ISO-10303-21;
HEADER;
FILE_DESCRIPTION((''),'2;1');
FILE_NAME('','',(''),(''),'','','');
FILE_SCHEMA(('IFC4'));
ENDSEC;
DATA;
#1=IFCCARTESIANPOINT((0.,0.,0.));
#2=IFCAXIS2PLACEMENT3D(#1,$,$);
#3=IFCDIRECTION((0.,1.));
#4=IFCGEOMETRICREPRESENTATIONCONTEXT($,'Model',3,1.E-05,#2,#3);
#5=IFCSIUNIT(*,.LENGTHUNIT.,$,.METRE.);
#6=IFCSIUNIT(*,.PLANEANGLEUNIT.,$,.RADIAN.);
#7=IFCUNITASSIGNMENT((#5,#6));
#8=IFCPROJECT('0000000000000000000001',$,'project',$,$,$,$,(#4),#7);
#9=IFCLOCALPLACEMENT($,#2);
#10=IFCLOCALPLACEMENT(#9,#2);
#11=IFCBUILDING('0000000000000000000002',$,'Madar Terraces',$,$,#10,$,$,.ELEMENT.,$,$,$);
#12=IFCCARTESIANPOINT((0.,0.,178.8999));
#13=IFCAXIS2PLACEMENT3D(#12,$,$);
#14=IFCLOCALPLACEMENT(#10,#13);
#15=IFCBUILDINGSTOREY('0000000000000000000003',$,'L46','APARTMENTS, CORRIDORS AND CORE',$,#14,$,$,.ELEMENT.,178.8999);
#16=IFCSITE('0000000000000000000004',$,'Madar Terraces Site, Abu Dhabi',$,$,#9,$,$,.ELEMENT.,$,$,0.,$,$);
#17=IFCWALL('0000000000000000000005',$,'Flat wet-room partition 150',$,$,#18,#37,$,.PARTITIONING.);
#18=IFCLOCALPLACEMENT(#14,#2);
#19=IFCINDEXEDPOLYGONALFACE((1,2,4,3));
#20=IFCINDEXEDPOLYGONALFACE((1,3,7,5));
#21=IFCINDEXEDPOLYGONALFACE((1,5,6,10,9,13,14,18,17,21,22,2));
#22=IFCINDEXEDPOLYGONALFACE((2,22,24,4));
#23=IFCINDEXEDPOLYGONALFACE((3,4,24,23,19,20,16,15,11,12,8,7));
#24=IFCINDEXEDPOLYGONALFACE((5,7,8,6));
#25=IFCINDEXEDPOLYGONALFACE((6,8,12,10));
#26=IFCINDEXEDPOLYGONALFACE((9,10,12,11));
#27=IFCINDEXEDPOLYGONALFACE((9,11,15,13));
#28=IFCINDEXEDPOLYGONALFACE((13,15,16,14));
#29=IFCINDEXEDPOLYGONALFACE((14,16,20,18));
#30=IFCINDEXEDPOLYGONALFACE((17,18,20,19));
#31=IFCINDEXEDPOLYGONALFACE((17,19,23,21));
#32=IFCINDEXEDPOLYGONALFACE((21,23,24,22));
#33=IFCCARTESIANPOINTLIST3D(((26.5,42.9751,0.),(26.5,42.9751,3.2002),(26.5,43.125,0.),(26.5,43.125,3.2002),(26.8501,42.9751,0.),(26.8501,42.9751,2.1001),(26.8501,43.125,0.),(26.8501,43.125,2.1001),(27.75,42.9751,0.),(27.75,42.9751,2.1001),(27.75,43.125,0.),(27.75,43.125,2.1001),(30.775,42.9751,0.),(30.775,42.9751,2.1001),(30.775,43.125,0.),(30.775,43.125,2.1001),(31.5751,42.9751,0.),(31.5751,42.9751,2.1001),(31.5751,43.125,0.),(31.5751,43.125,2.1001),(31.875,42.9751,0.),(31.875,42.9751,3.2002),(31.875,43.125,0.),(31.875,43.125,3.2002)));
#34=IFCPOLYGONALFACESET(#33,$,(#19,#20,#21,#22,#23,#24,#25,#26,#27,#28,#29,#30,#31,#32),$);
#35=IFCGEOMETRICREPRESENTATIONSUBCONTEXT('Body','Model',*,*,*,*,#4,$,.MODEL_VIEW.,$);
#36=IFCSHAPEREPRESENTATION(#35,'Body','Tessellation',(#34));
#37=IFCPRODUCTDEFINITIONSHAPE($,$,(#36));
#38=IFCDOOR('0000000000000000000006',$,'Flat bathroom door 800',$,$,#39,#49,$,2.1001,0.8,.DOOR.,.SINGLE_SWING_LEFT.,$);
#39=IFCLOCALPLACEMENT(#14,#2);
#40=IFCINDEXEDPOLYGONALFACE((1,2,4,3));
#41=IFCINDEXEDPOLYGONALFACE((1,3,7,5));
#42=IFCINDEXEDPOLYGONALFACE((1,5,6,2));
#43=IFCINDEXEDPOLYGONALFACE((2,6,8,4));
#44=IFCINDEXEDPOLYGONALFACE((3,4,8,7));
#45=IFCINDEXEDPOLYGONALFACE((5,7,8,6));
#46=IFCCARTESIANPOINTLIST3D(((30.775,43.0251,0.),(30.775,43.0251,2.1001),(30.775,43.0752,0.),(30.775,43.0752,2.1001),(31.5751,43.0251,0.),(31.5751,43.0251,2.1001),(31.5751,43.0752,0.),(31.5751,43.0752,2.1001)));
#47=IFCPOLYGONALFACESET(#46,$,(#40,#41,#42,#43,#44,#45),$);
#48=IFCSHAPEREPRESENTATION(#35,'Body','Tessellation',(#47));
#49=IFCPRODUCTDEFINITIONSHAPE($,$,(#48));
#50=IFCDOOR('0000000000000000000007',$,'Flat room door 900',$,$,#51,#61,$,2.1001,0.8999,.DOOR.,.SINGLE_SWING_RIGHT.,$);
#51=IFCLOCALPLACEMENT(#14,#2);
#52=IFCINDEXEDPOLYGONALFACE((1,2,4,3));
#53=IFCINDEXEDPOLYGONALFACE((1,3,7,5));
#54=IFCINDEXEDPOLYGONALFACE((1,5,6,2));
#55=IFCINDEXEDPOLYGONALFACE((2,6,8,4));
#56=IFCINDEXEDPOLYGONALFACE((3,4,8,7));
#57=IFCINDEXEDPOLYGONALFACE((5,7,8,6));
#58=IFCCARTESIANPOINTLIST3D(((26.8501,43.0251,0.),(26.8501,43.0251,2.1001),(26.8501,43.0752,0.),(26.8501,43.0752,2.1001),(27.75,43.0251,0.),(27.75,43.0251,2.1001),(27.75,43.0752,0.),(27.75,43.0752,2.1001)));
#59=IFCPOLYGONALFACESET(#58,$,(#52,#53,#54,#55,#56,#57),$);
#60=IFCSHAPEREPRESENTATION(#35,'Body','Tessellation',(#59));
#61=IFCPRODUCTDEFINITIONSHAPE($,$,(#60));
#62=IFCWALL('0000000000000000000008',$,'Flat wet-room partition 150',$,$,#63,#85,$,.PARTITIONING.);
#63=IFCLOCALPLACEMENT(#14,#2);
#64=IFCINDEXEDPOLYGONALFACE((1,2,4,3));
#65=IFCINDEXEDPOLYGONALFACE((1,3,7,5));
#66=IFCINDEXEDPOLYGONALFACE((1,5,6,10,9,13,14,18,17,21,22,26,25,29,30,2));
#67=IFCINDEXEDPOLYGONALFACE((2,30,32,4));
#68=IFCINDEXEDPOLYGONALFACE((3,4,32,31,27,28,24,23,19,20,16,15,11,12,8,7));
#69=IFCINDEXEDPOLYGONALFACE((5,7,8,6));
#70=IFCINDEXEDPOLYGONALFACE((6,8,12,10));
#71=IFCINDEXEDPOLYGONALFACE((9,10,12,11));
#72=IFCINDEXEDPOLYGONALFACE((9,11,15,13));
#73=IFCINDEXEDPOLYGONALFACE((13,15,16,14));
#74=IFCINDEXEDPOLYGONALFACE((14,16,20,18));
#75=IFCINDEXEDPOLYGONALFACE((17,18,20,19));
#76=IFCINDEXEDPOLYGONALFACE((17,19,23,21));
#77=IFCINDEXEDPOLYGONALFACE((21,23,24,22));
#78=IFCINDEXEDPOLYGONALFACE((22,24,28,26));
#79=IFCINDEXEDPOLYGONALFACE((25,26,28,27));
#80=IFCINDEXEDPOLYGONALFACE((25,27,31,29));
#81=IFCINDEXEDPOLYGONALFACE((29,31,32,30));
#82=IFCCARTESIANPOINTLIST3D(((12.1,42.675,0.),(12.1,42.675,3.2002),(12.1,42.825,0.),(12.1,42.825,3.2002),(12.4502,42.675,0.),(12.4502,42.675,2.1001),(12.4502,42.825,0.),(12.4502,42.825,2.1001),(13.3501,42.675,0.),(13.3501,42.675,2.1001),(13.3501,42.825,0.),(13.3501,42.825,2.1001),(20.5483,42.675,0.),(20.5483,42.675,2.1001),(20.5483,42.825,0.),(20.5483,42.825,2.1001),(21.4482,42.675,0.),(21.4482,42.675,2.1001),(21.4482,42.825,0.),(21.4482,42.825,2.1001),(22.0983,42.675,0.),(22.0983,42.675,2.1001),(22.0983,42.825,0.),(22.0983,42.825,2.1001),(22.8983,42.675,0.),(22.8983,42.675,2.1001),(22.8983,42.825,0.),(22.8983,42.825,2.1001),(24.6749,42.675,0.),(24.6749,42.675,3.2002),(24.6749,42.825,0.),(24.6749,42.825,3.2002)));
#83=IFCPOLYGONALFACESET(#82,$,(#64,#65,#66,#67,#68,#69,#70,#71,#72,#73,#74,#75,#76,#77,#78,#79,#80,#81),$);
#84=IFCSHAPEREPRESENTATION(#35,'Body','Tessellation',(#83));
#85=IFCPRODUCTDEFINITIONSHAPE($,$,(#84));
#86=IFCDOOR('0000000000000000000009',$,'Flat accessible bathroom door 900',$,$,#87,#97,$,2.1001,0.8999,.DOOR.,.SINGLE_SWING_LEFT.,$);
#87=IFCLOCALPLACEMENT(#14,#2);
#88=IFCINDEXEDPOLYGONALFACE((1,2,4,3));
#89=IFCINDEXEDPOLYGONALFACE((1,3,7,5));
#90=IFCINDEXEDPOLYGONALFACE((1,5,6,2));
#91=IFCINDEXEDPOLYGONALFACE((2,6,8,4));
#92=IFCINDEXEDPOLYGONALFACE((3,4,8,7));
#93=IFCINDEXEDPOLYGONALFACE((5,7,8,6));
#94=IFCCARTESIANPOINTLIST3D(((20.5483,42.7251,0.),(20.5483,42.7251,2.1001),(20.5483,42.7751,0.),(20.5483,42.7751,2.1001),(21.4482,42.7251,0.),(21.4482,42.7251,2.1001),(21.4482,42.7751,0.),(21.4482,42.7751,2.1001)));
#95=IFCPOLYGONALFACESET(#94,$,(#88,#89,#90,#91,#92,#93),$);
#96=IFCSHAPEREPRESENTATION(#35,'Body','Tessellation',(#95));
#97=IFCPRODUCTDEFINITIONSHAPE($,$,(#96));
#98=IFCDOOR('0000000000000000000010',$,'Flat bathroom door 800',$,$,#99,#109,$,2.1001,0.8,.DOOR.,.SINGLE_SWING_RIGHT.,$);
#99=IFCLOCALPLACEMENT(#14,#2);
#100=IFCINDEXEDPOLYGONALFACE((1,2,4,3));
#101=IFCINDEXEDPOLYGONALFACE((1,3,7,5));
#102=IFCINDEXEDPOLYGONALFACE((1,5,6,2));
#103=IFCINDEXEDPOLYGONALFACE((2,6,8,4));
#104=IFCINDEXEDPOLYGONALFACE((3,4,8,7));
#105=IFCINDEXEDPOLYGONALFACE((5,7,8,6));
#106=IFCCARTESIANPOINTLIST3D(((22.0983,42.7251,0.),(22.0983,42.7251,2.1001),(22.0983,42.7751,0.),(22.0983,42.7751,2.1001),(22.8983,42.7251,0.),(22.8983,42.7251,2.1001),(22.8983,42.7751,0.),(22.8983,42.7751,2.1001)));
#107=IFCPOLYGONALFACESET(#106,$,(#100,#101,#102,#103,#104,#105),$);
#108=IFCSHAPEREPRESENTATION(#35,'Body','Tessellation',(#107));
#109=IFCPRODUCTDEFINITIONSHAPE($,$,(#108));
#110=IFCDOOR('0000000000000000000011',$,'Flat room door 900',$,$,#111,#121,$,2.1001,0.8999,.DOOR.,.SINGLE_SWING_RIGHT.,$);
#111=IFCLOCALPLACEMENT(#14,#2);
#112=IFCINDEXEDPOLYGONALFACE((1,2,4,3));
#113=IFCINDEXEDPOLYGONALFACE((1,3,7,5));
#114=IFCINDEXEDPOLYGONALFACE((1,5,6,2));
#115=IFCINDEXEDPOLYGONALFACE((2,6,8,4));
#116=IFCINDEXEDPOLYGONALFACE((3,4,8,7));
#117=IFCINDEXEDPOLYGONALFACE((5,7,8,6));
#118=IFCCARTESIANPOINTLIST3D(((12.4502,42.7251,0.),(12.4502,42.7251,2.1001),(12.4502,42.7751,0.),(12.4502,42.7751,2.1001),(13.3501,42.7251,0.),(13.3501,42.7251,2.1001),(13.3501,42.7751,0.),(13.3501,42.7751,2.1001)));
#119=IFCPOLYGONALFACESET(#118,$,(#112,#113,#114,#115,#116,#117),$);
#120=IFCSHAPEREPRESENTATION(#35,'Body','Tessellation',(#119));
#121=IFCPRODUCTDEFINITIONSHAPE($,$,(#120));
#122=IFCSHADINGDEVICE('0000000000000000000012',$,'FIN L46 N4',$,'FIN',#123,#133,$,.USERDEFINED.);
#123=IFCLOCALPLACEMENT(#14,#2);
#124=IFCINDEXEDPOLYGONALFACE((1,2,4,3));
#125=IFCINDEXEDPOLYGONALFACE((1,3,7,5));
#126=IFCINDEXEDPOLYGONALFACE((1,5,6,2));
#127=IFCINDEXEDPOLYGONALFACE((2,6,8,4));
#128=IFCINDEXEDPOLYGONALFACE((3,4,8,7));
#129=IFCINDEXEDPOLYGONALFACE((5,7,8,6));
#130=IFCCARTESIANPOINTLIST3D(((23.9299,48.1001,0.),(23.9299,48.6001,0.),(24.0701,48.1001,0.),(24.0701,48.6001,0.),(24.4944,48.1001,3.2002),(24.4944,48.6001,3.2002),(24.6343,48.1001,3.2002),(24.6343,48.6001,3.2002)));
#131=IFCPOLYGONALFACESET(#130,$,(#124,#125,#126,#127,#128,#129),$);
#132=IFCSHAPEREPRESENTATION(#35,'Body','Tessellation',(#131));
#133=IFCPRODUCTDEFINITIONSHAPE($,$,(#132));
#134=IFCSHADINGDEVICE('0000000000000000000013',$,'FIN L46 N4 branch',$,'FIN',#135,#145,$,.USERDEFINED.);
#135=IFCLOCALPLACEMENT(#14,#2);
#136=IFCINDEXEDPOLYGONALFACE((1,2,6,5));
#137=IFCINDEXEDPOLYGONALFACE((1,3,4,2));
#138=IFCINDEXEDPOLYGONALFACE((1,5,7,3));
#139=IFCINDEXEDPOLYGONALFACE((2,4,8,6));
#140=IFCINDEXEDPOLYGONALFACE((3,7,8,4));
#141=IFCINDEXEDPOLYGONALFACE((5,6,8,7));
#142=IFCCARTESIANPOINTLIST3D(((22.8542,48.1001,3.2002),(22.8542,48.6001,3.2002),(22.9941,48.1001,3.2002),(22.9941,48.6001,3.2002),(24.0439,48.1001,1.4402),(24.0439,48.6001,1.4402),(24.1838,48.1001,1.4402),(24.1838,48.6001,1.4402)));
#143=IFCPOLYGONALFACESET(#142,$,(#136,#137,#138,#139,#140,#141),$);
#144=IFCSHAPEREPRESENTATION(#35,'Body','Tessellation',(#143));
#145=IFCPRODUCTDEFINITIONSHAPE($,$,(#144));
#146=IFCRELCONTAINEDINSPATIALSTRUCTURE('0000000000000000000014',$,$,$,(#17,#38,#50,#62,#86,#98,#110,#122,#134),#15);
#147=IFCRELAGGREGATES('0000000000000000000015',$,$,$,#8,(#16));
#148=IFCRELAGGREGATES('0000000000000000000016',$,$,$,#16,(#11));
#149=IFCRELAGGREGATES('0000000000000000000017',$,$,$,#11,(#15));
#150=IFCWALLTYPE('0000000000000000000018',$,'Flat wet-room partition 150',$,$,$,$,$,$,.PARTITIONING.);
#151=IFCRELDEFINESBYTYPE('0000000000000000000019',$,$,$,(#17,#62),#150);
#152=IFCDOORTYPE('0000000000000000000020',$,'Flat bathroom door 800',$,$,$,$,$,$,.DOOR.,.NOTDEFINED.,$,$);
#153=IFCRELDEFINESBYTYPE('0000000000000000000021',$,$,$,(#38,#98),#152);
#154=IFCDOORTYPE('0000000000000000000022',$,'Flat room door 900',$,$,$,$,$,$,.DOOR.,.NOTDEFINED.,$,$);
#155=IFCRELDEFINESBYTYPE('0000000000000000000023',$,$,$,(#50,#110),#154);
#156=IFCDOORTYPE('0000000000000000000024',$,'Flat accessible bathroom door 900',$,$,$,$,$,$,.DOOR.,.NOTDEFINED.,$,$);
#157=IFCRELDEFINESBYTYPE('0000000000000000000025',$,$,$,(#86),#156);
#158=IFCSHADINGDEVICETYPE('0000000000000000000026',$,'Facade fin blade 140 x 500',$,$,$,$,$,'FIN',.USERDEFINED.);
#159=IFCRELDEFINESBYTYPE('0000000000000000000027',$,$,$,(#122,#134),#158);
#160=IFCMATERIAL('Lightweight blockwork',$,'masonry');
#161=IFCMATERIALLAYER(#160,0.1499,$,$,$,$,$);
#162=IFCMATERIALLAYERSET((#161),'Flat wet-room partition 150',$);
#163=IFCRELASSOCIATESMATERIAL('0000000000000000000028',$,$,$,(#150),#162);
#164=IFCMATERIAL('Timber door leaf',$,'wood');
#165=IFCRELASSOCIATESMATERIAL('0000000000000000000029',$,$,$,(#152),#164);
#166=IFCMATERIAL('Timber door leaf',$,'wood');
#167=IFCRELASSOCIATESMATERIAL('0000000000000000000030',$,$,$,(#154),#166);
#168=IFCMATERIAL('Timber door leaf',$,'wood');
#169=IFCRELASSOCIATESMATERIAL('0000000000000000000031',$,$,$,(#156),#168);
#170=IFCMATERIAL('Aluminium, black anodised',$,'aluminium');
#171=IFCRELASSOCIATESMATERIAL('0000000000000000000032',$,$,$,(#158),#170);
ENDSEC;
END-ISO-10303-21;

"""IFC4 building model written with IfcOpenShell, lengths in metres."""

from ifc_helpers import new_model, si_unit, direction, frame, frame_2d, origin, place, context, subcontext, project, spatial, polyline, rectangle, outline, extrude, material, layer, layer_set, type_object, element, fill, save


model = new_model("IFC4")

# Units and contexts
model_context = context("Model", 3, precision=1e-05, world=origin(), true_north=direction((0.0, 1.0)))
body_context = subcontext(model_context, "Body", "Model", "MODEL_VIEW")
ifc_project = project(units=[si_unit("LENGTHUNIT", "METRE"), si_unit("PLANEANGLEUNIT", "RADIAN")], contexts=[model_context])

# Site, building, storey
site_placement = place(None, origin())
site = spatial("IfcSite", under=ifc_project, at=site_placement, Name="Madar Terraces Site, Abu Dhabi", CompositionType="ELEMENT", RefElevation=0.0)
building_placement = place(site_placement, origin())
building = spatial("IfcBuilding", under=site, at=building_placement, Name="Madar Terraces", CompositionType="ELEMENT")
storey_placement = place(building_placement, frame((0.0, 0.0, 178.8999)))
storey = spatial("IfcBuildingStorey", under=building, at=storey_placement, Name="L46", Description="APARTMENTS, CORRIDORS AND CORE", CompositionType="ELEMENT", Elevation=178.8999)

# Walls, openings, doors
ifc_material_1 = material(Name="Lightweight blockwork", Category="masonry")
ifc_layer_1 = layer(ifc_material_1, 0.1499)
ifc_layer_set_1 = layer_set([ifc_layer_1], Name="Flat wet-room partition 150")
wall_type_1 = type_object("IfcWallType", Name="Flat wet-room partition 150", PredefinedType="PARTITIONING", material=ifc_layer_set_1)
wall_1_placement = place(storey_placement, frame((31.875, 43.05, 0.0), z_axis=(0.0, 0.0, 1.0), x_axis=(-1.0, 0.0, 0.0)))
wall_1 = element("IfcWall", 1, at=wall_1_placement, inside=storey, type_object=wall_type_1, Name="Flat wet-room partition 150", PredefinedType="PARTITIONING", context=body_context, shape_type="SweptSolid", body=[
    extrude(rectangle(XDim=5.375, YDim=0.1499, at=frame_2d((2.6875, 0.0))), origin(), (0.0, 0.0, 1.0), 3.2002),
])
opening_1_placement = place(wall_1_placement, frame((0.3, 0.0, 0.0)))
opening_1 = element("IfcOpeningElement", 2, at=opening_1_placement, cuts=wall_1, PredefinedType="OPENING", context=body_context, shape_type="SweptSolid", body=[
    extrude(rectangle(XDim=0.8, YDim=2.1001, at=frame_2d((0.3999, 1.05))), frame((0.0, 0.085, 0.0), z_axis=(0.0, -1.0, 0.0), x_axis=(1.0, 0.0, 0.0)), (0.0, 0.0, 1.0), 0.1699),
])
opening_2_placement = place(wall_1_placement, frame((4.125, 0.0, 0.0)))
opening_2 = element("IfcOpeningElement", 3, at=opening_2_placement, cuts=wall_1, PredefinedType="OPENING", context=body_context, shape_type="SweptSolid", body=[
    extrude(rectangle(XDim=0.8999, YDim=2.1001, at=frame_2d((0.45, 1.05))), frame((0.0, 0.085, 0.0), z_axis=(0.0, -1.0, 0.0), x_axis=(1.0, 0.0, 0.0)), (0.0, 0.0, 1.0), 0.1699),
])
ifc_material_2 = material(Name="Timber door leaf", Category="wood")
door_type_1 = type_object("IfcDoorType", Name="Flat bathroom door 800", OperationType="NOTDEFINED", PredefinedType="DOOR", material=ifc_material_2)
door_1_placement = place(opening_1_placement, origin())
door_1 = element("IfcDoor", 4, at=door_1_placement, inside=storey, type_object=door_type_1, Name="Flat bathroom door 800", OperationType="SINGLE_SWING_LEFT", OverallHeight=2.1001, OverallWidth=0.8, PredefinedType="DOOR", context=body_context, shape_type="SweptSolid", body=[
    extrude(rectangle(XDim=0.8, YDim=2.1001, at=frame_2d((0.3999, 1.05))), frame((0.0, 0.0249, 0.0), z_axis=(0.0, -1.0, 0.0), x_axis=(1.0, 0.0, 0.0)), (0.0, 0.0, 1.0), 0.05),
])
fill(opening_1, door_1)
ifc_material_3 = material(Name="Timber door leaf", Category="wood")
door_type_2 = type_object("IfcDoorType", Name="Flat room door 900", OperationType="NOTDEFINED", PredefinedType="DOOR", material=ifc_material_3)
door_2_placement = place(opening_2_placement, origin())
door_2 = element("IfcDoor", 5, at=door_2_placement, inside=storey, type_object=door_type_2, Name="Flat room door 900", OperationType="SINGLE_SWING_RIGHT", OverallHeight=2.1001, OverallWidth=0.8999, PredefinedType="DOOR", context=body_context, shape_type="SweptSolid", body=[
    extrude(rectangle(XDim=0.8999, YDim=2.1001, at=frame_2d((0.45, 1.05))), frame((0.0, 0.0249, 0.0), z_axis=(0.0, -1.0, 0.0), x_axis=(1.0, 0.0, 0.0)), (0.0, 0.0, 1.0), 0.05),
])
fill(opening_2, door_2)
wall_2_placement = place(storey_placement, frame((24.675, 42.75, 0.0), z_axis=(0.0, 0.0, 1.0), x_axis=(-1.0, 0.0, 0.0)))
wall_2 = element("IfcWall", 6, at=wall_2_placement, inside=storey, type_object=wall_type_1, Name="Flat wet-room partition 150", PredefinedType="PARTITIONING", context=body_context, shape_type="SweptSolid", body=[
    extrude(rectangle(XDim=12.575, YDim=0.1499, at=frame_2d((6.2876, 0.0))), origin(), (0.0, 0.0, 1.0), 3.2002),
])
opening_3_placement = place(wall_2_placement, frame((1.7769, 0.0, 0.0)))
opening_3 = element("IfcOpeningElement", 7, at=opening_3_placement, cuts=wall_2, PredefinedType="OPENING", context=body_context, shape_type="SweptSolid", body=[
    extrude(rectangle(XDim=0.8, YDim=2.1001, at=frame_2d((0.3999, 1.05))), frame((0.0, 0.085, 0.0), z_axis=(0.0, -1.0, 0.0), x_axis=(1.0, 0.0, 0.0)), (0.0, 0.0, 1.0), 0.1699),
])
opening_4_placement = place(wall_2_placement, frame((3.2268, 0.0, 0.0)))
opening_4 = element("IfcOpeningElement", 8, at=opening_4_placement, cuts=wall_2, PredefinedType="OPENING", context=body_context, shape_type="SweptSolid", body=[
    extrude(rectangle(XDim=0.8999, YDim=2.1001, at=frame_2d((0.45, 1.05))), frame((0.0, 0.085, 0.0), z_axis=(0.0, -1.0, 0.0), x_axis=(1.0, 0.0, 0.0)), (0.0, 0.0, 1.0), 0.1699),
])
opening_5_placement = place(wall_2_placement, frame((11.325, 0.0, 0.0)))
opening_5 = element("IfcOpeningElement", 9, at=opening_5_placement, cuts=wall_2, PredefinedType="OPENING", context=body_context, shape_type="SweptSolid", body=[
    extrude(rectangle(XDim=0.8999, YDim=2.1001, at=frame_2d((0.45, 1.05))), frame((0.0, 0.085, 0.0), z_axis=(0.0, -1.0, 0.0), x_axis=(1.0, 0.0, 0.0)), (0.0, 0.0, 1.0), 0.1699),
])
ifc_material_4 = material(Name="Timber door leaf", Category="wood")
door_type_3 = type_object("IfcDoorType", Name="Flat accessible bathroom door 900", OperationType="NOTDEFINED", PredefinedType="DOOR", material=ifc_material_4)
door_3_placement = place(opening_4_placement, origin())
door_3 = element("IfcDoor", 10, at=door_3_placement, inside=storey, type_object=door_type_3, Name="Flat accessible bathroom door 900", OperationType="SINGLE_SWING_LEFT", OverallHeight=2.1001, OverallWidth=0.8999, PredefinedType="DOOR", context=body_context, shape_type="SweptSolid", body=[
    extrude(rectangle(XDim=0.8999, YDim=2.1001, at=frame_2d((0.45, 1.05))), frame((0.0, 0.0249, 0.0), z_axis=(0.0, -1.0, 0.0), x_axis=(1.0, 0.0, 0.0)), (0.0, 0.0, 1.0), 0.05),
])
fill(opening_4, door_3)
door_4_placement = place(opening_3_placement, origin())
door_4 = element("IfcDoor", 11, at=door_4_placement, inside=storey, type_object=door_type_1, Name="Flat bathroom door 800", OperationType="SINGLE_SWING_RIGHT", OverallHeight=2.1001, OverallWidth=0.8, PredefinedType="DOOR", context=body_context, shape_type="SweptSolid", body=[
    extrude(rectangle(XDim=0.8, YDim=2.1001, at=frame_2d((0.3999, 1.05))), frame((0.0, 0.0249, 0.0), z_axis=(0.0, -1.0, 0.0), x_axis=(1.0, 0.0, 0.0)), (0.0, 0.0, 1.0), 0.05),
])
fill(opening_3, door_4)
door_5_placement = place(opening_5_placement, origin())
door_5 = element("IfcDoor", 12, at=door_5_placement, inside=storey, type_object=door_type_2, Name="Flat room door 900", OperationType="SINGLE_SWING_RIGHT", OverallHeight=2.1001, OverallWidth=0.8999, PredefinedType="DOOR", context=body_context, shape_type="SweptSolid", body=[
    extrude(rectangle(XDim=0.8999, YDim=2.1001, at=frame_2d((0.45, 1.05))), frame((0.0, 0.0249, 0.0), z_axis=(0.0, -1.0, 0.0), x_axis=(1.0, 0.0, 0.0)), (0.0, 0.0, 1.0), 0.05),
])
fill(opening_5, door_5)

# Shading devices
ifc_material_5 = material(Name="Aluminium, black anodised", Category="aluminium")
shading_device_type = type_object("IfcShadingDeviceType", Name="Facade fin blade 140 x 500", ElementType="FIN", PredefinedType="USERDEFINED", material=ifc_material_5)
shading_device_1_placement = place(storey_placement, frame((24.0701, 48.3501, 0.0), z_axis=(0.0, 0.0, 1.0), x_axis=(-1.0, 0.0, 0.0)))
element("IfcShadingDevice", 13, at=shading_device_1_placement, inside=storey, type_object=shading_device_type, Name="FIN L46 N4", ObjectType="FIN", PredefinedType="USERDEFINED", context=body_context, shape_type="SweptSolid", body=[
    extrude(outline(polyline([(0.0, 0.0), (0.1401, 0.0), (-0.4243, 3.2002), (-0.5642, 3.2002), (0.0, 0.0)])), frame((0.0, 0.25, 0.0), z_axis=(0.0, -1.0, 0.0), x_axis=(1.0, 0.0, 0.0)), (0.0, 0.0, 1.0), 0.5),
])
shading_device_2_placement = place(storey_placement, frame((24.1838, 48.3501, 1.4402), z_axis=(0.0, 0.0, 1.0), x_axis=(-1.0, 0.0, 0.0)))
element("IfcShadingDevice", 14, at=shading_device_2_placement, inside=storey, type_object=shading_device_type, Name="FIN L46 N4 branch", ObjectType="FIN", PredefinedType="USERDEFINED", context=body_context, shape_type="SweptSolid", body=[
    extrude(outline(polyline([(0.0, 0.0), (0.1399, 0.0), (1.3296, 1.76), (1.1897, 1.76), (0.0, 0.0)])), frame((0.0, 0.25, 0.0), z_axis=(0.0, -1.0, 0.0), x_axis=(1.0, 0.0, 0.0)), (0.0, 0.0, 1.0), 0.5),
])

save(model, "model.ifc")
